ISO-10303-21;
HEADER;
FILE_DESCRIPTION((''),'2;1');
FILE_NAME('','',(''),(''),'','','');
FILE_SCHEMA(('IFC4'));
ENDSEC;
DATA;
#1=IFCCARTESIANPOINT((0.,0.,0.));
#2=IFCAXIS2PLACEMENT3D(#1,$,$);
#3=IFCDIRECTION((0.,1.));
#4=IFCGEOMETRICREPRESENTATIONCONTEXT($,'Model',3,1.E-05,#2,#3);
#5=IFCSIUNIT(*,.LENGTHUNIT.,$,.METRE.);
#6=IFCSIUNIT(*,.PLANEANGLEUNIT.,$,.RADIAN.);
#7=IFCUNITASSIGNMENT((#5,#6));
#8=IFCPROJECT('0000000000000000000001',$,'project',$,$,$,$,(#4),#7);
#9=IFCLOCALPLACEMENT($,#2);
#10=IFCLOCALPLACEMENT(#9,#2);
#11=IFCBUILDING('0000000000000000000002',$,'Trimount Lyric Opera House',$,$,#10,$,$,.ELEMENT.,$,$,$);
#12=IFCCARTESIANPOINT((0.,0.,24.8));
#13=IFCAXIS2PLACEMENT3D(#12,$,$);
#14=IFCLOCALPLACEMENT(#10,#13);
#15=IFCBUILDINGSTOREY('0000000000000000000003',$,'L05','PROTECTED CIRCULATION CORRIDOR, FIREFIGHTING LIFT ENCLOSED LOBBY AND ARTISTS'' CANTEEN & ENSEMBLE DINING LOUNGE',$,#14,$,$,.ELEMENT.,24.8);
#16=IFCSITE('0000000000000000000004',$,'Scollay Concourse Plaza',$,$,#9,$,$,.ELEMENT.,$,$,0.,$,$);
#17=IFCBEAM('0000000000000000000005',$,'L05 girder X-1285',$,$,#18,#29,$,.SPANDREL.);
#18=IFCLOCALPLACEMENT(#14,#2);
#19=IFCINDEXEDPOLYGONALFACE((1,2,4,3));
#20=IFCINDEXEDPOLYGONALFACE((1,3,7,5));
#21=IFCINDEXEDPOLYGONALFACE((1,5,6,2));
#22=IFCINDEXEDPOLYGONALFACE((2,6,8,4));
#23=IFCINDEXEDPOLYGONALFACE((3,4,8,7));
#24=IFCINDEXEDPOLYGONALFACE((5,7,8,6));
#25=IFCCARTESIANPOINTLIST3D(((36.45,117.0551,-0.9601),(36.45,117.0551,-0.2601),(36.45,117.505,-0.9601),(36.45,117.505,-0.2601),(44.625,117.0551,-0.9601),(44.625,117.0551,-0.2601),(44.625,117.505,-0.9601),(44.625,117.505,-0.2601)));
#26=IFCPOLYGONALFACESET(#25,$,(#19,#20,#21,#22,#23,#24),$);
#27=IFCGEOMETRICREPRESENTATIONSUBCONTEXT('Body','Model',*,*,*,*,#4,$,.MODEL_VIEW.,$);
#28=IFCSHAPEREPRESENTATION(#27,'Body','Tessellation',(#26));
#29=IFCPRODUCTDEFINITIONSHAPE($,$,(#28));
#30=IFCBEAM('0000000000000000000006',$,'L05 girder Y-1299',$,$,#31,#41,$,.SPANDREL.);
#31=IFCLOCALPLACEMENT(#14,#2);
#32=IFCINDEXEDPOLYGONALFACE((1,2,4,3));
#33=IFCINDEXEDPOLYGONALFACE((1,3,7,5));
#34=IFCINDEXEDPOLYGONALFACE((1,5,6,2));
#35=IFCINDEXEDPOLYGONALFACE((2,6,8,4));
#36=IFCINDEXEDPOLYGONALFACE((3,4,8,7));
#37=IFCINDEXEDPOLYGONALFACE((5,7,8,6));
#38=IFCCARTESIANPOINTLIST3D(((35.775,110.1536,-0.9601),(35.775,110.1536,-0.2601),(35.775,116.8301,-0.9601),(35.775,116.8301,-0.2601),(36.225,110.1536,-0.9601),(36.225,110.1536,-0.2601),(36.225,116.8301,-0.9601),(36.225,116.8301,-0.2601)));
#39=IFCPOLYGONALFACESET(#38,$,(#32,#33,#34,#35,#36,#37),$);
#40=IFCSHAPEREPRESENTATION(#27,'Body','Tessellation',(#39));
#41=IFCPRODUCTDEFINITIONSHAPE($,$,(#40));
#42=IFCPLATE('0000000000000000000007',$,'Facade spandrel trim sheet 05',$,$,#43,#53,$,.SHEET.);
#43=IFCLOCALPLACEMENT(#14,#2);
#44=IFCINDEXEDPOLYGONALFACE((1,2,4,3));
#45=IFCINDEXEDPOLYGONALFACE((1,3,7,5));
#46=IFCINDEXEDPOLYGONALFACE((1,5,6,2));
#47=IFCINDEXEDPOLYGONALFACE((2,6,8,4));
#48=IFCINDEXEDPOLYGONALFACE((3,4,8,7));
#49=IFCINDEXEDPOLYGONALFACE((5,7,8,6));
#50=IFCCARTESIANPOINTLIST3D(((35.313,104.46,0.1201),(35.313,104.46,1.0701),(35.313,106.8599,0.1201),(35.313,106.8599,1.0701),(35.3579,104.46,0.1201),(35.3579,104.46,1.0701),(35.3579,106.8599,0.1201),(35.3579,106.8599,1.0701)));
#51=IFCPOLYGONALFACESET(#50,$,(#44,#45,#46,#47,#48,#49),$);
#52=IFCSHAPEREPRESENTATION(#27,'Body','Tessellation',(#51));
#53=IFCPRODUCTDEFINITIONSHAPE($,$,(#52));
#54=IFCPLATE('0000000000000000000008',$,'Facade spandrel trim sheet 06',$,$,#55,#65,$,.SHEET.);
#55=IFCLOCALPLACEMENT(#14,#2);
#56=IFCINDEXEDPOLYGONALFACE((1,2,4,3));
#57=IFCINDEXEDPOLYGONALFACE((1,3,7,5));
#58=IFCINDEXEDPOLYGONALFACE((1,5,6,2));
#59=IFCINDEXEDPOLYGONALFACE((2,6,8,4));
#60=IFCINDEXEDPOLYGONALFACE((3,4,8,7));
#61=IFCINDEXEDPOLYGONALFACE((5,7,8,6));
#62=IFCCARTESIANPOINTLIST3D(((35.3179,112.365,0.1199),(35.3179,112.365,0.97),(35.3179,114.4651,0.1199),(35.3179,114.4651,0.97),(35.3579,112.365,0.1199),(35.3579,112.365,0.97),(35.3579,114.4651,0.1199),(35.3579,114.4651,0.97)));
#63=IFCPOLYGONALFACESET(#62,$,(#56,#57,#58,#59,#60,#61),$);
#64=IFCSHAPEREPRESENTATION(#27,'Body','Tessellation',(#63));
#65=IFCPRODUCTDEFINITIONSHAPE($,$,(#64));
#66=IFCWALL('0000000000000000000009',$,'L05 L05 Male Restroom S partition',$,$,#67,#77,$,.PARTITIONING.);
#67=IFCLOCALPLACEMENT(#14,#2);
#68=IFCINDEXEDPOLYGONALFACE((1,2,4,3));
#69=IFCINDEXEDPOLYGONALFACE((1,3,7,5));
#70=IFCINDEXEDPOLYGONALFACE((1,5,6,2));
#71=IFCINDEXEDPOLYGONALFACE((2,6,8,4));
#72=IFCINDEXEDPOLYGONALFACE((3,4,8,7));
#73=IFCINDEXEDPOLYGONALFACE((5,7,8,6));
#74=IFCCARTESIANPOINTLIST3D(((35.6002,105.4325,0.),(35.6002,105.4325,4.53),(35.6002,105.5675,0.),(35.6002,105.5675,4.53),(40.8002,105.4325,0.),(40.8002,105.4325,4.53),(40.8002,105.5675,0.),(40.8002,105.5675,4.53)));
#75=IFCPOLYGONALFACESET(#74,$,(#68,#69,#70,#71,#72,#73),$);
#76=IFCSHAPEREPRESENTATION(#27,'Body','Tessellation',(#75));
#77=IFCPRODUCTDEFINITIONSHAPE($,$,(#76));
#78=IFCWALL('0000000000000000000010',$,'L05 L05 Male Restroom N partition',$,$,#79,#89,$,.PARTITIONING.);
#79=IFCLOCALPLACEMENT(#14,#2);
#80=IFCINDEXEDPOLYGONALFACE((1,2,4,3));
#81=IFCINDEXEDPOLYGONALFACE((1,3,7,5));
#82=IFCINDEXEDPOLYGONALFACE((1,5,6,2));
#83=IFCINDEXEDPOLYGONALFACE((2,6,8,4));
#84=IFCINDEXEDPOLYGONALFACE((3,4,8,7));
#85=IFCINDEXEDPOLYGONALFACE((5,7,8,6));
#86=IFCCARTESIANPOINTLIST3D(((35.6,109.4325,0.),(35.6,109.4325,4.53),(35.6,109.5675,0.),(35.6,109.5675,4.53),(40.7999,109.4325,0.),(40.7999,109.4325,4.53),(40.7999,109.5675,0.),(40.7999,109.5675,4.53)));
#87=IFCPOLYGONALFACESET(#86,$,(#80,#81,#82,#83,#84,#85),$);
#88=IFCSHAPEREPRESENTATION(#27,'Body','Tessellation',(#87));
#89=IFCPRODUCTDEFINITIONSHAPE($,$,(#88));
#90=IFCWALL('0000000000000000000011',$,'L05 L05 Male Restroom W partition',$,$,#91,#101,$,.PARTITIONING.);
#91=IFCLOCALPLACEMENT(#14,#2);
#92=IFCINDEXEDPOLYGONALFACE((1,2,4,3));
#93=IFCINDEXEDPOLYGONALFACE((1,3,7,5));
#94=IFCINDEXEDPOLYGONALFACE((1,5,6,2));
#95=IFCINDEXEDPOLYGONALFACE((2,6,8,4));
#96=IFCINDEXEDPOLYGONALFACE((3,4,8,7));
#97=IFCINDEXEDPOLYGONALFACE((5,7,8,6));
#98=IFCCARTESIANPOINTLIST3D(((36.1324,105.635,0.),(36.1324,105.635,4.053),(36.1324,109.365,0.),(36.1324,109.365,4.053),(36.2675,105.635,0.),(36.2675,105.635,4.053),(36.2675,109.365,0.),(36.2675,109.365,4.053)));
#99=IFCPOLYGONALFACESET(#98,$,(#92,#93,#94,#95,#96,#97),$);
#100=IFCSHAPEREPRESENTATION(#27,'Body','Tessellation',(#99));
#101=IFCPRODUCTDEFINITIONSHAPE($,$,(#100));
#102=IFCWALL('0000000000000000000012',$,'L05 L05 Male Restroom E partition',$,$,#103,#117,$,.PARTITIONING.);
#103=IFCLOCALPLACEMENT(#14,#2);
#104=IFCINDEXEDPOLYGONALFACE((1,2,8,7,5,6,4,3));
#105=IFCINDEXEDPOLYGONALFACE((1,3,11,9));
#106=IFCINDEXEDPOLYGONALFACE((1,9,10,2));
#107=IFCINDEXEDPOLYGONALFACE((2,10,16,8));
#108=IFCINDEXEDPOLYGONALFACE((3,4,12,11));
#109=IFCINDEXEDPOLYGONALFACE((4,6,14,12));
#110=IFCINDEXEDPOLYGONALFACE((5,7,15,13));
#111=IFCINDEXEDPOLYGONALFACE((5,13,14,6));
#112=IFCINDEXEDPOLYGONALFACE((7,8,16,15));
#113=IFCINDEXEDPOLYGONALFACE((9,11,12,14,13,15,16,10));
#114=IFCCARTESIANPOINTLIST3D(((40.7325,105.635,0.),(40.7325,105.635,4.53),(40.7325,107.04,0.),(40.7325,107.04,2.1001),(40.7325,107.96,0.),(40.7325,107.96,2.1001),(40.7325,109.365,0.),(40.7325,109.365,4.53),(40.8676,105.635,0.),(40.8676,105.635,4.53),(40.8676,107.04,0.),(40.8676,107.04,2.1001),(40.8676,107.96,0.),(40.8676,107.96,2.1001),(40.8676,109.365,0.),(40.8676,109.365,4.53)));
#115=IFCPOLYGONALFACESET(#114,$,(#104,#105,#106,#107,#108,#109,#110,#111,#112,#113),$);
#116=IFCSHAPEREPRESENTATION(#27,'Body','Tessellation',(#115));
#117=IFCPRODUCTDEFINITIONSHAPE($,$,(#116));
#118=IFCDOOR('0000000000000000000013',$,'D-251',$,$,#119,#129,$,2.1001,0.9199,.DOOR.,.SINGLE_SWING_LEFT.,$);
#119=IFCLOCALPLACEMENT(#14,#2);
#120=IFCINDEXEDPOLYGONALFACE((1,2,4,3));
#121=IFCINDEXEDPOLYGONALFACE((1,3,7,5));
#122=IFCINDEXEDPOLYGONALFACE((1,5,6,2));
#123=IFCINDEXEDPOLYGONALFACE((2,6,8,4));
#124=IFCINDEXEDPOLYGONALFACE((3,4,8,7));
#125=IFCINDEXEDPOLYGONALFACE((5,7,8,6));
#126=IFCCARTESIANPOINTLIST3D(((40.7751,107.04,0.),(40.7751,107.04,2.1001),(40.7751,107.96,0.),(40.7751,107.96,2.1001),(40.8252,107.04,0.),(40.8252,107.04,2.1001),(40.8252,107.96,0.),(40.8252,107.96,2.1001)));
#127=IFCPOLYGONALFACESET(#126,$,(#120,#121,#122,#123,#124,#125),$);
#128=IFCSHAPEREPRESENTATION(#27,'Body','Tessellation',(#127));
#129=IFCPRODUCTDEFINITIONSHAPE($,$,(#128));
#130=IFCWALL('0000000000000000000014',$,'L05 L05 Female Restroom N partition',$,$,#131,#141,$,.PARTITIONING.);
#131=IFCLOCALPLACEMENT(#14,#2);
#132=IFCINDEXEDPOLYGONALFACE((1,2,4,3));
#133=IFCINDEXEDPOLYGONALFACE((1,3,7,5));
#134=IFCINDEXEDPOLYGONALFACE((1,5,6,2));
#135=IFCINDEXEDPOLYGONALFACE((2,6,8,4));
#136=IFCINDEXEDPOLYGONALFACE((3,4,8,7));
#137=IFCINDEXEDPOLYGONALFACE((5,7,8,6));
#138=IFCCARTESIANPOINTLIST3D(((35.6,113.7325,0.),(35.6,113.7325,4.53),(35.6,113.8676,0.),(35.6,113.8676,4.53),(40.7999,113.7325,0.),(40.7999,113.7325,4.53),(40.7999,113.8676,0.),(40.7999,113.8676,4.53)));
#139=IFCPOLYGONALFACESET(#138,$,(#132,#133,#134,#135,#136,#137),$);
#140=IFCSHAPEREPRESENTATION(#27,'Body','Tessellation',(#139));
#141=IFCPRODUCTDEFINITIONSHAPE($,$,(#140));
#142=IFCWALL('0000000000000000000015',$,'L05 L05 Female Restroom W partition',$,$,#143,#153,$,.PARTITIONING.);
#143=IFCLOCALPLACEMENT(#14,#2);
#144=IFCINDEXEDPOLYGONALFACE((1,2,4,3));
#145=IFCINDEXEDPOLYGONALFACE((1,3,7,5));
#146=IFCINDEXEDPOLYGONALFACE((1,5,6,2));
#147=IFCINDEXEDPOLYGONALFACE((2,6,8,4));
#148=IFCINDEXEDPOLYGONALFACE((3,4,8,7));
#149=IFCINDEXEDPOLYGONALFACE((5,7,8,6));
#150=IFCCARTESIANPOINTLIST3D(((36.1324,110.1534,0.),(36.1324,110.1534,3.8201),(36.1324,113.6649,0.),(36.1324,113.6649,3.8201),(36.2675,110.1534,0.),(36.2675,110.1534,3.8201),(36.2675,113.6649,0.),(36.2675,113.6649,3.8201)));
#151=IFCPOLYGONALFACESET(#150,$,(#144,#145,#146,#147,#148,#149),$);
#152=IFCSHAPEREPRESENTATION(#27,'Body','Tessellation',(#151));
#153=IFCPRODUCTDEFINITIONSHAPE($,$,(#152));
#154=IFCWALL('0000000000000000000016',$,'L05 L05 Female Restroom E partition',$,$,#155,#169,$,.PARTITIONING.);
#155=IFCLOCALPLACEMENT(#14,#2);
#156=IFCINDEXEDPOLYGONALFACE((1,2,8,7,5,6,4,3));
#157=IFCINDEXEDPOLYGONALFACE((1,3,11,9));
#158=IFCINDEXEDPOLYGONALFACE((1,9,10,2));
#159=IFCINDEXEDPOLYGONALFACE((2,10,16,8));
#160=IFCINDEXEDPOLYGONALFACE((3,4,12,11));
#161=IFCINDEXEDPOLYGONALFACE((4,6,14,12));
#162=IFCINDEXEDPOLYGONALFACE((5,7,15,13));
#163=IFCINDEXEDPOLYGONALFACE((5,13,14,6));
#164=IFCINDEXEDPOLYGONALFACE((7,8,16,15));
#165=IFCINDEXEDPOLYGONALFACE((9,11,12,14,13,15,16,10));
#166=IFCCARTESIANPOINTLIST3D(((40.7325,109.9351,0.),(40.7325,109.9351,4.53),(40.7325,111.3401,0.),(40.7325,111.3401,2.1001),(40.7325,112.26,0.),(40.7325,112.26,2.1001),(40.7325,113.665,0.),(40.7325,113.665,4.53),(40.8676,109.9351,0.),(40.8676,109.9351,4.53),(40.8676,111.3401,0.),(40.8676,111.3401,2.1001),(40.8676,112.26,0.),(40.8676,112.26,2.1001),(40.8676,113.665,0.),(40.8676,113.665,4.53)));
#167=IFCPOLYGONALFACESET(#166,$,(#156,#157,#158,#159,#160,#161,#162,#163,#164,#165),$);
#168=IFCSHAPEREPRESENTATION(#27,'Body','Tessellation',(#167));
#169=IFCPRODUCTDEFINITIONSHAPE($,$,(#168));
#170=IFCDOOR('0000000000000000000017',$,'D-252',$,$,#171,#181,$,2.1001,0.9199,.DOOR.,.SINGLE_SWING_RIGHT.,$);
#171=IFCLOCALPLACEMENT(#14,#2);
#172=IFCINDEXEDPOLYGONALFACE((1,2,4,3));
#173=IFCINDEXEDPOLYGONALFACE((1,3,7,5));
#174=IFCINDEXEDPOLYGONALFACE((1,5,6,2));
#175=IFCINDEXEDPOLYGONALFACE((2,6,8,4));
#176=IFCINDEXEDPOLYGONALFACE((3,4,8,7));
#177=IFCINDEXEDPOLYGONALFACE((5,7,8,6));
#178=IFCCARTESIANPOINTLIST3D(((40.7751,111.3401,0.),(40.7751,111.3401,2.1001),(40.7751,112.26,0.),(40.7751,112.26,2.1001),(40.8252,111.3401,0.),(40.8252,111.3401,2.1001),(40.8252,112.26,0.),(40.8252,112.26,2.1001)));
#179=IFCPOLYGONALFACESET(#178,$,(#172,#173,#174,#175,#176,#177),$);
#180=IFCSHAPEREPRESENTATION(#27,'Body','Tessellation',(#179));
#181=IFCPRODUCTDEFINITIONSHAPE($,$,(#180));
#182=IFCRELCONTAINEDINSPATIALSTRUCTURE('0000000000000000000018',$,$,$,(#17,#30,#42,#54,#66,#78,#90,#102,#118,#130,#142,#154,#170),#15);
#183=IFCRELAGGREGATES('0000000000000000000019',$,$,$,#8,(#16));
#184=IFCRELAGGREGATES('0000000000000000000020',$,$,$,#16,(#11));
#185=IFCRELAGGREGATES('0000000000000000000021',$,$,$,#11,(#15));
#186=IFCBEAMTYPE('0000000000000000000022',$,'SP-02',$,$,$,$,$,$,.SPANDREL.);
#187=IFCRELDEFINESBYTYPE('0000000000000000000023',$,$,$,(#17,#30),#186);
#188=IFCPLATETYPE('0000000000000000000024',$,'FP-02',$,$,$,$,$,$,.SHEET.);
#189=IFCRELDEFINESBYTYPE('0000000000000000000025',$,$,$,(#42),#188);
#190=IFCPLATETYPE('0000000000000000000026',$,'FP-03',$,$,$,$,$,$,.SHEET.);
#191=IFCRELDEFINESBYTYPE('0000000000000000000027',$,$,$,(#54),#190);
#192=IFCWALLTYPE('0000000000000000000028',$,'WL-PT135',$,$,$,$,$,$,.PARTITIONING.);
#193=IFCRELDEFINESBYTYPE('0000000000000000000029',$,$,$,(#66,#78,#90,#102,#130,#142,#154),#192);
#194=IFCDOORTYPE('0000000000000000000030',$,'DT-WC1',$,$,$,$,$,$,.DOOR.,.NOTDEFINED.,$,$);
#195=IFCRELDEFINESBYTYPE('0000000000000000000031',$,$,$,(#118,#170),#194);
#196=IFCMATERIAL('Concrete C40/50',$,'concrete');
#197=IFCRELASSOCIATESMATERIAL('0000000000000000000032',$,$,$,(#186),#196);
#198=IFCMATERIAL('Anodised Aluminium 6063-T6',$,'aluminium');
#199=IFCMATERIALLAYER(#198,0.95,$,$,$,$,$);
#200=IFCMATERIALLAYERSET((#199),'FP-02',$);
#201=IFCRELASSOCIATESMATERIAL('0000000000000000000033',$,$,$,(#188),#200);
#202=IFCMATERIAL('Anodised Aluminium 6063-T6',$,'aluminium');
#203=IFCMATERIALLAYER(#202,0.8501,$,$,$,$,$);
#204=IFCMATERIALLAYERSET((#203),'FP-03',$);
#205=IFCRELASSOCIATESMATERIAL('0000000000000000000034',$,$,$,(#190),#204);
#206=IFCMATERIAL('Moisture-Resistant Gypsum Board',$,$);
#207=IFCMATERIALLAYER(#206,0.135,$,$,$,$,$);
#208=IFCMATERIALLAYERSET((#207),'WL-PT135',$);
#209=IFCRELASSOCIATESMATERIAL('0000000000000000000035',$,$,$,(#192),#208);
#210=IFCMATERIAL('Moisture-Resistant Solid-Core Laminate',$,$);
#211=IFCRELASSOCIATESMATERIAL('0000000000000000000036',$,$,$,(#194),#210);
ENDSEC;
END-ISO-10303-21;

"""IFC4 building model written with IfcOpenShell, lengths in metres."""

from ifc_helpers import new_model, si_unit, direction, frame, frame_2d, origin, origin_2d, place, context, subcontext, project, spatial, rectangle, extrude, material, layer, layer_set, material_profile, profile_set, type_object, element, fill, save


model = new_model("IFC4")

# Units and contexts
model_context = context("Model", 3, precision=1e-05, world=origin(), true_north=direction((0.0, 1.0)))
body_context = subcontext(model_context, "Body", "Model", "MODEL_VIEW")
ifc_project = project(units=[si_unit("LENGTHUNIT", "METRE"), si_unit("PLANEANGLEUNIT", "RADIAN")], contexts=[model_context])

# Site, building, storey
site_placement = place(None, origin())
site = spatial("IfcSite", under=ifc_project, at=site_placement, Name="Scollay Concourse Plaza", CompositionType="ELEMENT", RefElevation=0.0)
building_placement = place(site_placement, origin())
building = spatial("IfcBuilding", under=site, at=building_placement, Name="Trimount Lyric Opera House", CompositionType="ELEMENT")
storey_placement = place(building_placement, frame((0.0, 0.0, 24.8)))
storey = spatial("IfcBuildingStorey", under=building, at=storey_placement, Name="L05", Description="PROTECTED CIRCULATION CORRIDOR, FIREFIGHTING LIFT ENCLOSED LOBBY AND ARTISTS' CANTEEN & ENSEMBLE DINING LOUNGE", CompositionType="ELEMENT", Elevation=24.8)

# Beams
ifc_material_1 = material(Name="Concrete C40/50", Category="concrete")
ifc_material_profile_1 = material_profile(ifc_material_1, rectangle(XDim=0.45, YDim=0.7, at=origin_2d()), Name="RC450X700")
ifc_profile_set_1 = profile_set([ifc_material_profile_1], Name="Concrete C40/50")
beam_type_1 = type_object("IfcBeamType", Name="SP-02", PredefinedType="SPANDREL", material=ifc_profile_set_1)
beam_1_placement = place(storey_placement, frame((36.45, 117.28, -0.6101), z_axis=(1.0, 0.0, 0.0), x_axis=(0.0, 1.0, 0.0)))
element("IfcBeam", 1, at=beam_1_placement, inside=storey, type_object=beam_type_1, Name="L05 girder X-1285", PredefinedType="SPANDREL", context=body_context, shape_type="SweptSolid", body=[
    extrude(rectangle(XDim=0.45, YDim=0.7, at=origin_2d()), origin(), (0.0, 0.0, 1.0), 8.175),
])
beam_2_placement = place(storey_placement, frame((36.0, 110.1536, -0.6101), z_axis=(0.0, 1.0, 0.0), x_axis=(-1.0, 0.0, 0.0)))
element("IfcBeam", 2, at=beam_2_placement, inside=storey, type_object=beam_type_1, Name="L05 girder Y-1299", PredefinedType="SPANDREL", context=body_context, shape_type="SweptSolid", body=[
    extrude(rectangle(XDim=0.45, YDim=0.7, at=origin_2d()), origin(), (0.0, 0.0, 1.0), 6.6765),
])

# Plates
ifc_material_2 = material(Name="Anodised Aluminium 6063-T6", Category="aluminium")
ifc_layer_1 = layer(ifc_material_2, 0.95)
ifc_layer_set_1 = layer_set([ifc_layer_1], Name="FP-02")
plate_type_1 = type_object("IfcPlateType", Name="FP-02", PredefinedType="SHEET", material=ifc_layer_set_1)
plate_1_placement = place(storey_placement, frame((35.3354, 105.6599, 0.1201), z_axis=(0.0, 0.0, 1.0), x_axis=(0.0, 1.0, 0.0)))
element("IfcPlate", 3, at=plate_1_placement, inside=storey, type_object=plate_type_1, Name="Facade spandrel trim sheet 05", PredefinedType="SHEET", context=body_context, shape_type="SweptSolid", body=[
    extrude(rectangle(XDim=2.3999, YDim=0.0449, at=origin_2d()), origin(), (0.0, 0.0, 1.0), 0.95),
])
ifc_material_3 = material(Name="Anodised Aluminium 6063-T6", Category="aluminium")
ifc_layer_2 = layer(ifc_material_3, 0.8501)
ifc_layer_set_2 = layer_set([ifc_layer_2], Name="FP-03")
plate_type_2 = type_object("IfcPlateType", Name="FP-03", PredefinedType="SHEET", material=ifc_layer_set_2)
plate_2_placement = place(storey_placement, frame((35.3379, 113.415, 0.1199), z_axis=(0.0, 0.0, 1.0), x_axis=(0.0, 1.0, 0.0)))
element("IfcPlate", 4, at=plate_2_placement, inside=storey, type_object=plate_type_2, Name="Facade spandrel trim sheet 06", PredefinedType="SHEET", context=body_context, shape_type="SweptSolid", body=[
    extrude(rectangle(XDim=2.1001, YDim=0.04, at=origin_2d()), origin(), (0.0, 0.0, 1.0), 0.8501),
])

# Walls
ifc_material_4 = material(Name="Moisture-Resistant Gypsum Board")
ifc_layer_3 = layer(ifc_material_4, 0.135)
ifc_layer_set_3 = layer_set([ifc_layer_3], Name="WL-PT135")
wall_type_1 = type_object("IfcWallType", Name="WL-PT135", PredefinedType="PARTITIONING", material=ifc_layer_set_3)
for number, where, z_axis, x_axis, name in (
    (5, (35.6001, 105.5, 0.0), (0.0, 0.0, 1.0), (1.0, 0.0, 0.0), "L05 L05 Male Restroom S partition"),
    (6, (40.8, 109.5, 0.0), (0.0, 0.0, 1.0), (-1.0, 0.0, 0.0), "L05 L05 Male Restroom N partition"),
):
    element("IfcWall", number, at=place(storey_placement, frame(where, z_axis=z_axis, x_axis=x_axis)), inside=storey, type_object=wall_type_1, Name=name, PredefinedType="PARTITIONING", context=body_context, shape_type="SweptSolid", body=[
        extrude(rectangle(XDim=5.2, YDim=0.135, at=frame_2d((2.6001, 0.0))), origin(), (0.0, 0.0, 1.0), 4.53),
    ])
wall_1_placement = place(storey_placement, frame((36.2, 109.365, 0.0), z_axis=(0.0, 0.0, 1.0), x_axis=(0.0, -1.0, 0.0)))
element("IfcWall", 7, at=wall_1_placement, inside=storey, type_object=wall_type_1, Name="L05 L05 Male Restroom W partition", PredefinedType="PARTITIONING", context=body_context, shape_type="SweptSolid", body=[
    extrude(rectangle(XDim=3.73, YDim=0.135, at=frame_2d((1.865, 0.0))), origin(), (0.0, 0.0, 1.0), 4.053),
])

# Wall, opening, door
wall_2_placement = place(storey_placement, frame((40.8, 105.635, 0.0), z_axis=(0.0, 0.0, 1.0), x_axis=(0.0, 1.0, 0.0)))
wall_2 = element("IfcWall", 8, at=wall_2_placement, inside=storey, type_object=wall_type_1, Name="L05 L05 Male Restroom E partition", PredefinedType="PARTITIONING", context=body_context, shape_type="SweptSolid", body=[
    extrude(rectangle(XDim=3.73, YDim=0.135, at=frame_2d((1.865, 0.0))), origin(), (0.0, 0.0, 1.0), 4.53),
])
opening_1_placement = place(wall_2_placement, frame((1.405, 0.0, 0.0)))
opening_1 = element("IfcOpeningElement", 9, at=opening_1_placement, cuts=wall_2, PredefinedType="OPENING", context=body_context, shape_type="SweptSolid", body=[
    extrude(rectangle(XDim=0.9199, YDim=2.1001, at=frame_2d((0.46, 1.05))), frame((0.0, 0.0776, 0.0), z_axis=(0.0, -1.0, 0.0), x_axis=(1.0, 0.0, 0.0)), (0.0, 0.0, 1.0), 0.155),
])
ifc_material_5 = material(Name="Moisture-Resistant Solid-Core Laminate")
door_type_1 = type_object("IfcDoorType", Name="DT-WC1", OperationType="NOTDEFINED", PredefinedType="DOOR", material=ifc_material_5)
door_1_placement = place(opening_1_placement, origin())
door_1 = element("IfcDoor", 10, at=door_1_placement, inside=storey, type_object=door_type_1, Name="D-251", OperationType="SINGLE_SWING_LEFT", OverallHeight=2.1001, OverallWidth=0.9199, PredefinedType="DOOR", context=body_context, shape_type="SweptSolid", body=[
    extrude(rectangle(XDim=0.9199, YDim=2.1001, at=frame_2d((0.46, 1.05))), frame((0.0, 0.0249, 0.0), z_axis=(0.0, -1.0, 0.0), x_axis=(1.0, 0.0, 0.0)), (0.0, 0.0, 1.0), 0.05),
])
fill(opening_1, door_1)

# Walls
wall_3_placement = place(storey_placement, frame((40.8, 113.8, 0.0), z_axis=(0.0, 0.0, 1.0), x_axis=(-1.0, 0.0, 0.0)))
element("IfcWall", 11, at=wall_3_placement, inside=storey, type_object=wall_type_1, Name="L05 L05 Female Restroom N partition", PredefinedType="PARTITIONING", context=body_context, shape_type="SweptSolid", body=[
    extrude(rectangle(XDim=5.2, YDim=0.135, at=frame_2d((2.6001, 0.0))), origin(), (0.0, 0.0, 1.0), 4.53),
])
wall_4_placement = place(storey_placement, frame((36.2, 113.665, 0.0), z_axis=(0.0, 0.0, 1.0), x_axis=(0.0, -1.0, 0.0)))
element("IfcWall", 12, at=wall_4_placement, inside=storey, type_object=wall_type_1, Name="L05 L05 Female Restroom W partition", PredefinedType="PARTITIONING", context=body_context, shape_type="SweptSolid", body=[
    extrude(rectangle(XDim=3.5115, YDim=0.135, at=frame_2d((1.7559, 0.0))), origin(), (0.0, 0.0, 1.0), 3.8201),
])

# Wall, opening, door
wall_5_placement = place(storey_placement, frame((40.8, 109.9351, 0.0), z_axis=(0.0, 0.0, 1.0), x_axis=(0.0, 1.0, 0.0)))
wall_5 = element("IfcWall", 13, at=wall_5_placement, inside=storey, type_object=wall_type_1, Name="L05 L05 Female Restroom E partition", PredefinedType="PARTITIONING", context=body_context, shape_type="SweptSolid", body=[
    extrude(rectangle(XDim=3.73, YDim=0.135, at=frame_2d((1.865, 0.0))), origin(), (0.0, 0.0, 1.0), 4.53),
])
opening_2_placement = place(wall_5_placement, frame((1.405, 0.0, 0.0)))
opening_2 = element("IfcOpeningElement", 14, at=opening_2_placement, cuts=wall_5, PredefinedType="OPENING", context=body_context, shape_type="SweptSolid", body=[
    extrude(rectangle(XDim=0.9199, YDim=2.1001, at=frame_2d((0.46, 1.05))), frame((0.0, 0.0776, 0.0), z_axis=(0.0, -1.0, 0.0), x_axis=(1.0, 0.0, 0.0)), (0.0, 0.0, 1.0), 0.155),
])
door_2_placement = place(opening_2_placement, origin())
door_2 = element("IfcDoor", 15, at=door_2_placement, inside=storey, type_object=door_type_1, Name="D-252", OperationType="SINGLE_SWING_RIGHT", OverallHeight=2.1001, OverallWidth=0.9199, PredefinedType="DOOR", context=body_context, shape_type="SweptSolid", body=[
    extrude(rectangle(XDim=0.9199, YDim=2.1001, at=frame_2d((0.46, 1.05))), frame((0.0, 0.0249, 0.0), z_axis=(0.0, -1.0, 0.0), x_axis=(1.0, 0.0, 0.0)), (0.0, 0.0, 1.0), 0.05),
])
fill(opening_2, door_2)

save(model, "model.ifc")
